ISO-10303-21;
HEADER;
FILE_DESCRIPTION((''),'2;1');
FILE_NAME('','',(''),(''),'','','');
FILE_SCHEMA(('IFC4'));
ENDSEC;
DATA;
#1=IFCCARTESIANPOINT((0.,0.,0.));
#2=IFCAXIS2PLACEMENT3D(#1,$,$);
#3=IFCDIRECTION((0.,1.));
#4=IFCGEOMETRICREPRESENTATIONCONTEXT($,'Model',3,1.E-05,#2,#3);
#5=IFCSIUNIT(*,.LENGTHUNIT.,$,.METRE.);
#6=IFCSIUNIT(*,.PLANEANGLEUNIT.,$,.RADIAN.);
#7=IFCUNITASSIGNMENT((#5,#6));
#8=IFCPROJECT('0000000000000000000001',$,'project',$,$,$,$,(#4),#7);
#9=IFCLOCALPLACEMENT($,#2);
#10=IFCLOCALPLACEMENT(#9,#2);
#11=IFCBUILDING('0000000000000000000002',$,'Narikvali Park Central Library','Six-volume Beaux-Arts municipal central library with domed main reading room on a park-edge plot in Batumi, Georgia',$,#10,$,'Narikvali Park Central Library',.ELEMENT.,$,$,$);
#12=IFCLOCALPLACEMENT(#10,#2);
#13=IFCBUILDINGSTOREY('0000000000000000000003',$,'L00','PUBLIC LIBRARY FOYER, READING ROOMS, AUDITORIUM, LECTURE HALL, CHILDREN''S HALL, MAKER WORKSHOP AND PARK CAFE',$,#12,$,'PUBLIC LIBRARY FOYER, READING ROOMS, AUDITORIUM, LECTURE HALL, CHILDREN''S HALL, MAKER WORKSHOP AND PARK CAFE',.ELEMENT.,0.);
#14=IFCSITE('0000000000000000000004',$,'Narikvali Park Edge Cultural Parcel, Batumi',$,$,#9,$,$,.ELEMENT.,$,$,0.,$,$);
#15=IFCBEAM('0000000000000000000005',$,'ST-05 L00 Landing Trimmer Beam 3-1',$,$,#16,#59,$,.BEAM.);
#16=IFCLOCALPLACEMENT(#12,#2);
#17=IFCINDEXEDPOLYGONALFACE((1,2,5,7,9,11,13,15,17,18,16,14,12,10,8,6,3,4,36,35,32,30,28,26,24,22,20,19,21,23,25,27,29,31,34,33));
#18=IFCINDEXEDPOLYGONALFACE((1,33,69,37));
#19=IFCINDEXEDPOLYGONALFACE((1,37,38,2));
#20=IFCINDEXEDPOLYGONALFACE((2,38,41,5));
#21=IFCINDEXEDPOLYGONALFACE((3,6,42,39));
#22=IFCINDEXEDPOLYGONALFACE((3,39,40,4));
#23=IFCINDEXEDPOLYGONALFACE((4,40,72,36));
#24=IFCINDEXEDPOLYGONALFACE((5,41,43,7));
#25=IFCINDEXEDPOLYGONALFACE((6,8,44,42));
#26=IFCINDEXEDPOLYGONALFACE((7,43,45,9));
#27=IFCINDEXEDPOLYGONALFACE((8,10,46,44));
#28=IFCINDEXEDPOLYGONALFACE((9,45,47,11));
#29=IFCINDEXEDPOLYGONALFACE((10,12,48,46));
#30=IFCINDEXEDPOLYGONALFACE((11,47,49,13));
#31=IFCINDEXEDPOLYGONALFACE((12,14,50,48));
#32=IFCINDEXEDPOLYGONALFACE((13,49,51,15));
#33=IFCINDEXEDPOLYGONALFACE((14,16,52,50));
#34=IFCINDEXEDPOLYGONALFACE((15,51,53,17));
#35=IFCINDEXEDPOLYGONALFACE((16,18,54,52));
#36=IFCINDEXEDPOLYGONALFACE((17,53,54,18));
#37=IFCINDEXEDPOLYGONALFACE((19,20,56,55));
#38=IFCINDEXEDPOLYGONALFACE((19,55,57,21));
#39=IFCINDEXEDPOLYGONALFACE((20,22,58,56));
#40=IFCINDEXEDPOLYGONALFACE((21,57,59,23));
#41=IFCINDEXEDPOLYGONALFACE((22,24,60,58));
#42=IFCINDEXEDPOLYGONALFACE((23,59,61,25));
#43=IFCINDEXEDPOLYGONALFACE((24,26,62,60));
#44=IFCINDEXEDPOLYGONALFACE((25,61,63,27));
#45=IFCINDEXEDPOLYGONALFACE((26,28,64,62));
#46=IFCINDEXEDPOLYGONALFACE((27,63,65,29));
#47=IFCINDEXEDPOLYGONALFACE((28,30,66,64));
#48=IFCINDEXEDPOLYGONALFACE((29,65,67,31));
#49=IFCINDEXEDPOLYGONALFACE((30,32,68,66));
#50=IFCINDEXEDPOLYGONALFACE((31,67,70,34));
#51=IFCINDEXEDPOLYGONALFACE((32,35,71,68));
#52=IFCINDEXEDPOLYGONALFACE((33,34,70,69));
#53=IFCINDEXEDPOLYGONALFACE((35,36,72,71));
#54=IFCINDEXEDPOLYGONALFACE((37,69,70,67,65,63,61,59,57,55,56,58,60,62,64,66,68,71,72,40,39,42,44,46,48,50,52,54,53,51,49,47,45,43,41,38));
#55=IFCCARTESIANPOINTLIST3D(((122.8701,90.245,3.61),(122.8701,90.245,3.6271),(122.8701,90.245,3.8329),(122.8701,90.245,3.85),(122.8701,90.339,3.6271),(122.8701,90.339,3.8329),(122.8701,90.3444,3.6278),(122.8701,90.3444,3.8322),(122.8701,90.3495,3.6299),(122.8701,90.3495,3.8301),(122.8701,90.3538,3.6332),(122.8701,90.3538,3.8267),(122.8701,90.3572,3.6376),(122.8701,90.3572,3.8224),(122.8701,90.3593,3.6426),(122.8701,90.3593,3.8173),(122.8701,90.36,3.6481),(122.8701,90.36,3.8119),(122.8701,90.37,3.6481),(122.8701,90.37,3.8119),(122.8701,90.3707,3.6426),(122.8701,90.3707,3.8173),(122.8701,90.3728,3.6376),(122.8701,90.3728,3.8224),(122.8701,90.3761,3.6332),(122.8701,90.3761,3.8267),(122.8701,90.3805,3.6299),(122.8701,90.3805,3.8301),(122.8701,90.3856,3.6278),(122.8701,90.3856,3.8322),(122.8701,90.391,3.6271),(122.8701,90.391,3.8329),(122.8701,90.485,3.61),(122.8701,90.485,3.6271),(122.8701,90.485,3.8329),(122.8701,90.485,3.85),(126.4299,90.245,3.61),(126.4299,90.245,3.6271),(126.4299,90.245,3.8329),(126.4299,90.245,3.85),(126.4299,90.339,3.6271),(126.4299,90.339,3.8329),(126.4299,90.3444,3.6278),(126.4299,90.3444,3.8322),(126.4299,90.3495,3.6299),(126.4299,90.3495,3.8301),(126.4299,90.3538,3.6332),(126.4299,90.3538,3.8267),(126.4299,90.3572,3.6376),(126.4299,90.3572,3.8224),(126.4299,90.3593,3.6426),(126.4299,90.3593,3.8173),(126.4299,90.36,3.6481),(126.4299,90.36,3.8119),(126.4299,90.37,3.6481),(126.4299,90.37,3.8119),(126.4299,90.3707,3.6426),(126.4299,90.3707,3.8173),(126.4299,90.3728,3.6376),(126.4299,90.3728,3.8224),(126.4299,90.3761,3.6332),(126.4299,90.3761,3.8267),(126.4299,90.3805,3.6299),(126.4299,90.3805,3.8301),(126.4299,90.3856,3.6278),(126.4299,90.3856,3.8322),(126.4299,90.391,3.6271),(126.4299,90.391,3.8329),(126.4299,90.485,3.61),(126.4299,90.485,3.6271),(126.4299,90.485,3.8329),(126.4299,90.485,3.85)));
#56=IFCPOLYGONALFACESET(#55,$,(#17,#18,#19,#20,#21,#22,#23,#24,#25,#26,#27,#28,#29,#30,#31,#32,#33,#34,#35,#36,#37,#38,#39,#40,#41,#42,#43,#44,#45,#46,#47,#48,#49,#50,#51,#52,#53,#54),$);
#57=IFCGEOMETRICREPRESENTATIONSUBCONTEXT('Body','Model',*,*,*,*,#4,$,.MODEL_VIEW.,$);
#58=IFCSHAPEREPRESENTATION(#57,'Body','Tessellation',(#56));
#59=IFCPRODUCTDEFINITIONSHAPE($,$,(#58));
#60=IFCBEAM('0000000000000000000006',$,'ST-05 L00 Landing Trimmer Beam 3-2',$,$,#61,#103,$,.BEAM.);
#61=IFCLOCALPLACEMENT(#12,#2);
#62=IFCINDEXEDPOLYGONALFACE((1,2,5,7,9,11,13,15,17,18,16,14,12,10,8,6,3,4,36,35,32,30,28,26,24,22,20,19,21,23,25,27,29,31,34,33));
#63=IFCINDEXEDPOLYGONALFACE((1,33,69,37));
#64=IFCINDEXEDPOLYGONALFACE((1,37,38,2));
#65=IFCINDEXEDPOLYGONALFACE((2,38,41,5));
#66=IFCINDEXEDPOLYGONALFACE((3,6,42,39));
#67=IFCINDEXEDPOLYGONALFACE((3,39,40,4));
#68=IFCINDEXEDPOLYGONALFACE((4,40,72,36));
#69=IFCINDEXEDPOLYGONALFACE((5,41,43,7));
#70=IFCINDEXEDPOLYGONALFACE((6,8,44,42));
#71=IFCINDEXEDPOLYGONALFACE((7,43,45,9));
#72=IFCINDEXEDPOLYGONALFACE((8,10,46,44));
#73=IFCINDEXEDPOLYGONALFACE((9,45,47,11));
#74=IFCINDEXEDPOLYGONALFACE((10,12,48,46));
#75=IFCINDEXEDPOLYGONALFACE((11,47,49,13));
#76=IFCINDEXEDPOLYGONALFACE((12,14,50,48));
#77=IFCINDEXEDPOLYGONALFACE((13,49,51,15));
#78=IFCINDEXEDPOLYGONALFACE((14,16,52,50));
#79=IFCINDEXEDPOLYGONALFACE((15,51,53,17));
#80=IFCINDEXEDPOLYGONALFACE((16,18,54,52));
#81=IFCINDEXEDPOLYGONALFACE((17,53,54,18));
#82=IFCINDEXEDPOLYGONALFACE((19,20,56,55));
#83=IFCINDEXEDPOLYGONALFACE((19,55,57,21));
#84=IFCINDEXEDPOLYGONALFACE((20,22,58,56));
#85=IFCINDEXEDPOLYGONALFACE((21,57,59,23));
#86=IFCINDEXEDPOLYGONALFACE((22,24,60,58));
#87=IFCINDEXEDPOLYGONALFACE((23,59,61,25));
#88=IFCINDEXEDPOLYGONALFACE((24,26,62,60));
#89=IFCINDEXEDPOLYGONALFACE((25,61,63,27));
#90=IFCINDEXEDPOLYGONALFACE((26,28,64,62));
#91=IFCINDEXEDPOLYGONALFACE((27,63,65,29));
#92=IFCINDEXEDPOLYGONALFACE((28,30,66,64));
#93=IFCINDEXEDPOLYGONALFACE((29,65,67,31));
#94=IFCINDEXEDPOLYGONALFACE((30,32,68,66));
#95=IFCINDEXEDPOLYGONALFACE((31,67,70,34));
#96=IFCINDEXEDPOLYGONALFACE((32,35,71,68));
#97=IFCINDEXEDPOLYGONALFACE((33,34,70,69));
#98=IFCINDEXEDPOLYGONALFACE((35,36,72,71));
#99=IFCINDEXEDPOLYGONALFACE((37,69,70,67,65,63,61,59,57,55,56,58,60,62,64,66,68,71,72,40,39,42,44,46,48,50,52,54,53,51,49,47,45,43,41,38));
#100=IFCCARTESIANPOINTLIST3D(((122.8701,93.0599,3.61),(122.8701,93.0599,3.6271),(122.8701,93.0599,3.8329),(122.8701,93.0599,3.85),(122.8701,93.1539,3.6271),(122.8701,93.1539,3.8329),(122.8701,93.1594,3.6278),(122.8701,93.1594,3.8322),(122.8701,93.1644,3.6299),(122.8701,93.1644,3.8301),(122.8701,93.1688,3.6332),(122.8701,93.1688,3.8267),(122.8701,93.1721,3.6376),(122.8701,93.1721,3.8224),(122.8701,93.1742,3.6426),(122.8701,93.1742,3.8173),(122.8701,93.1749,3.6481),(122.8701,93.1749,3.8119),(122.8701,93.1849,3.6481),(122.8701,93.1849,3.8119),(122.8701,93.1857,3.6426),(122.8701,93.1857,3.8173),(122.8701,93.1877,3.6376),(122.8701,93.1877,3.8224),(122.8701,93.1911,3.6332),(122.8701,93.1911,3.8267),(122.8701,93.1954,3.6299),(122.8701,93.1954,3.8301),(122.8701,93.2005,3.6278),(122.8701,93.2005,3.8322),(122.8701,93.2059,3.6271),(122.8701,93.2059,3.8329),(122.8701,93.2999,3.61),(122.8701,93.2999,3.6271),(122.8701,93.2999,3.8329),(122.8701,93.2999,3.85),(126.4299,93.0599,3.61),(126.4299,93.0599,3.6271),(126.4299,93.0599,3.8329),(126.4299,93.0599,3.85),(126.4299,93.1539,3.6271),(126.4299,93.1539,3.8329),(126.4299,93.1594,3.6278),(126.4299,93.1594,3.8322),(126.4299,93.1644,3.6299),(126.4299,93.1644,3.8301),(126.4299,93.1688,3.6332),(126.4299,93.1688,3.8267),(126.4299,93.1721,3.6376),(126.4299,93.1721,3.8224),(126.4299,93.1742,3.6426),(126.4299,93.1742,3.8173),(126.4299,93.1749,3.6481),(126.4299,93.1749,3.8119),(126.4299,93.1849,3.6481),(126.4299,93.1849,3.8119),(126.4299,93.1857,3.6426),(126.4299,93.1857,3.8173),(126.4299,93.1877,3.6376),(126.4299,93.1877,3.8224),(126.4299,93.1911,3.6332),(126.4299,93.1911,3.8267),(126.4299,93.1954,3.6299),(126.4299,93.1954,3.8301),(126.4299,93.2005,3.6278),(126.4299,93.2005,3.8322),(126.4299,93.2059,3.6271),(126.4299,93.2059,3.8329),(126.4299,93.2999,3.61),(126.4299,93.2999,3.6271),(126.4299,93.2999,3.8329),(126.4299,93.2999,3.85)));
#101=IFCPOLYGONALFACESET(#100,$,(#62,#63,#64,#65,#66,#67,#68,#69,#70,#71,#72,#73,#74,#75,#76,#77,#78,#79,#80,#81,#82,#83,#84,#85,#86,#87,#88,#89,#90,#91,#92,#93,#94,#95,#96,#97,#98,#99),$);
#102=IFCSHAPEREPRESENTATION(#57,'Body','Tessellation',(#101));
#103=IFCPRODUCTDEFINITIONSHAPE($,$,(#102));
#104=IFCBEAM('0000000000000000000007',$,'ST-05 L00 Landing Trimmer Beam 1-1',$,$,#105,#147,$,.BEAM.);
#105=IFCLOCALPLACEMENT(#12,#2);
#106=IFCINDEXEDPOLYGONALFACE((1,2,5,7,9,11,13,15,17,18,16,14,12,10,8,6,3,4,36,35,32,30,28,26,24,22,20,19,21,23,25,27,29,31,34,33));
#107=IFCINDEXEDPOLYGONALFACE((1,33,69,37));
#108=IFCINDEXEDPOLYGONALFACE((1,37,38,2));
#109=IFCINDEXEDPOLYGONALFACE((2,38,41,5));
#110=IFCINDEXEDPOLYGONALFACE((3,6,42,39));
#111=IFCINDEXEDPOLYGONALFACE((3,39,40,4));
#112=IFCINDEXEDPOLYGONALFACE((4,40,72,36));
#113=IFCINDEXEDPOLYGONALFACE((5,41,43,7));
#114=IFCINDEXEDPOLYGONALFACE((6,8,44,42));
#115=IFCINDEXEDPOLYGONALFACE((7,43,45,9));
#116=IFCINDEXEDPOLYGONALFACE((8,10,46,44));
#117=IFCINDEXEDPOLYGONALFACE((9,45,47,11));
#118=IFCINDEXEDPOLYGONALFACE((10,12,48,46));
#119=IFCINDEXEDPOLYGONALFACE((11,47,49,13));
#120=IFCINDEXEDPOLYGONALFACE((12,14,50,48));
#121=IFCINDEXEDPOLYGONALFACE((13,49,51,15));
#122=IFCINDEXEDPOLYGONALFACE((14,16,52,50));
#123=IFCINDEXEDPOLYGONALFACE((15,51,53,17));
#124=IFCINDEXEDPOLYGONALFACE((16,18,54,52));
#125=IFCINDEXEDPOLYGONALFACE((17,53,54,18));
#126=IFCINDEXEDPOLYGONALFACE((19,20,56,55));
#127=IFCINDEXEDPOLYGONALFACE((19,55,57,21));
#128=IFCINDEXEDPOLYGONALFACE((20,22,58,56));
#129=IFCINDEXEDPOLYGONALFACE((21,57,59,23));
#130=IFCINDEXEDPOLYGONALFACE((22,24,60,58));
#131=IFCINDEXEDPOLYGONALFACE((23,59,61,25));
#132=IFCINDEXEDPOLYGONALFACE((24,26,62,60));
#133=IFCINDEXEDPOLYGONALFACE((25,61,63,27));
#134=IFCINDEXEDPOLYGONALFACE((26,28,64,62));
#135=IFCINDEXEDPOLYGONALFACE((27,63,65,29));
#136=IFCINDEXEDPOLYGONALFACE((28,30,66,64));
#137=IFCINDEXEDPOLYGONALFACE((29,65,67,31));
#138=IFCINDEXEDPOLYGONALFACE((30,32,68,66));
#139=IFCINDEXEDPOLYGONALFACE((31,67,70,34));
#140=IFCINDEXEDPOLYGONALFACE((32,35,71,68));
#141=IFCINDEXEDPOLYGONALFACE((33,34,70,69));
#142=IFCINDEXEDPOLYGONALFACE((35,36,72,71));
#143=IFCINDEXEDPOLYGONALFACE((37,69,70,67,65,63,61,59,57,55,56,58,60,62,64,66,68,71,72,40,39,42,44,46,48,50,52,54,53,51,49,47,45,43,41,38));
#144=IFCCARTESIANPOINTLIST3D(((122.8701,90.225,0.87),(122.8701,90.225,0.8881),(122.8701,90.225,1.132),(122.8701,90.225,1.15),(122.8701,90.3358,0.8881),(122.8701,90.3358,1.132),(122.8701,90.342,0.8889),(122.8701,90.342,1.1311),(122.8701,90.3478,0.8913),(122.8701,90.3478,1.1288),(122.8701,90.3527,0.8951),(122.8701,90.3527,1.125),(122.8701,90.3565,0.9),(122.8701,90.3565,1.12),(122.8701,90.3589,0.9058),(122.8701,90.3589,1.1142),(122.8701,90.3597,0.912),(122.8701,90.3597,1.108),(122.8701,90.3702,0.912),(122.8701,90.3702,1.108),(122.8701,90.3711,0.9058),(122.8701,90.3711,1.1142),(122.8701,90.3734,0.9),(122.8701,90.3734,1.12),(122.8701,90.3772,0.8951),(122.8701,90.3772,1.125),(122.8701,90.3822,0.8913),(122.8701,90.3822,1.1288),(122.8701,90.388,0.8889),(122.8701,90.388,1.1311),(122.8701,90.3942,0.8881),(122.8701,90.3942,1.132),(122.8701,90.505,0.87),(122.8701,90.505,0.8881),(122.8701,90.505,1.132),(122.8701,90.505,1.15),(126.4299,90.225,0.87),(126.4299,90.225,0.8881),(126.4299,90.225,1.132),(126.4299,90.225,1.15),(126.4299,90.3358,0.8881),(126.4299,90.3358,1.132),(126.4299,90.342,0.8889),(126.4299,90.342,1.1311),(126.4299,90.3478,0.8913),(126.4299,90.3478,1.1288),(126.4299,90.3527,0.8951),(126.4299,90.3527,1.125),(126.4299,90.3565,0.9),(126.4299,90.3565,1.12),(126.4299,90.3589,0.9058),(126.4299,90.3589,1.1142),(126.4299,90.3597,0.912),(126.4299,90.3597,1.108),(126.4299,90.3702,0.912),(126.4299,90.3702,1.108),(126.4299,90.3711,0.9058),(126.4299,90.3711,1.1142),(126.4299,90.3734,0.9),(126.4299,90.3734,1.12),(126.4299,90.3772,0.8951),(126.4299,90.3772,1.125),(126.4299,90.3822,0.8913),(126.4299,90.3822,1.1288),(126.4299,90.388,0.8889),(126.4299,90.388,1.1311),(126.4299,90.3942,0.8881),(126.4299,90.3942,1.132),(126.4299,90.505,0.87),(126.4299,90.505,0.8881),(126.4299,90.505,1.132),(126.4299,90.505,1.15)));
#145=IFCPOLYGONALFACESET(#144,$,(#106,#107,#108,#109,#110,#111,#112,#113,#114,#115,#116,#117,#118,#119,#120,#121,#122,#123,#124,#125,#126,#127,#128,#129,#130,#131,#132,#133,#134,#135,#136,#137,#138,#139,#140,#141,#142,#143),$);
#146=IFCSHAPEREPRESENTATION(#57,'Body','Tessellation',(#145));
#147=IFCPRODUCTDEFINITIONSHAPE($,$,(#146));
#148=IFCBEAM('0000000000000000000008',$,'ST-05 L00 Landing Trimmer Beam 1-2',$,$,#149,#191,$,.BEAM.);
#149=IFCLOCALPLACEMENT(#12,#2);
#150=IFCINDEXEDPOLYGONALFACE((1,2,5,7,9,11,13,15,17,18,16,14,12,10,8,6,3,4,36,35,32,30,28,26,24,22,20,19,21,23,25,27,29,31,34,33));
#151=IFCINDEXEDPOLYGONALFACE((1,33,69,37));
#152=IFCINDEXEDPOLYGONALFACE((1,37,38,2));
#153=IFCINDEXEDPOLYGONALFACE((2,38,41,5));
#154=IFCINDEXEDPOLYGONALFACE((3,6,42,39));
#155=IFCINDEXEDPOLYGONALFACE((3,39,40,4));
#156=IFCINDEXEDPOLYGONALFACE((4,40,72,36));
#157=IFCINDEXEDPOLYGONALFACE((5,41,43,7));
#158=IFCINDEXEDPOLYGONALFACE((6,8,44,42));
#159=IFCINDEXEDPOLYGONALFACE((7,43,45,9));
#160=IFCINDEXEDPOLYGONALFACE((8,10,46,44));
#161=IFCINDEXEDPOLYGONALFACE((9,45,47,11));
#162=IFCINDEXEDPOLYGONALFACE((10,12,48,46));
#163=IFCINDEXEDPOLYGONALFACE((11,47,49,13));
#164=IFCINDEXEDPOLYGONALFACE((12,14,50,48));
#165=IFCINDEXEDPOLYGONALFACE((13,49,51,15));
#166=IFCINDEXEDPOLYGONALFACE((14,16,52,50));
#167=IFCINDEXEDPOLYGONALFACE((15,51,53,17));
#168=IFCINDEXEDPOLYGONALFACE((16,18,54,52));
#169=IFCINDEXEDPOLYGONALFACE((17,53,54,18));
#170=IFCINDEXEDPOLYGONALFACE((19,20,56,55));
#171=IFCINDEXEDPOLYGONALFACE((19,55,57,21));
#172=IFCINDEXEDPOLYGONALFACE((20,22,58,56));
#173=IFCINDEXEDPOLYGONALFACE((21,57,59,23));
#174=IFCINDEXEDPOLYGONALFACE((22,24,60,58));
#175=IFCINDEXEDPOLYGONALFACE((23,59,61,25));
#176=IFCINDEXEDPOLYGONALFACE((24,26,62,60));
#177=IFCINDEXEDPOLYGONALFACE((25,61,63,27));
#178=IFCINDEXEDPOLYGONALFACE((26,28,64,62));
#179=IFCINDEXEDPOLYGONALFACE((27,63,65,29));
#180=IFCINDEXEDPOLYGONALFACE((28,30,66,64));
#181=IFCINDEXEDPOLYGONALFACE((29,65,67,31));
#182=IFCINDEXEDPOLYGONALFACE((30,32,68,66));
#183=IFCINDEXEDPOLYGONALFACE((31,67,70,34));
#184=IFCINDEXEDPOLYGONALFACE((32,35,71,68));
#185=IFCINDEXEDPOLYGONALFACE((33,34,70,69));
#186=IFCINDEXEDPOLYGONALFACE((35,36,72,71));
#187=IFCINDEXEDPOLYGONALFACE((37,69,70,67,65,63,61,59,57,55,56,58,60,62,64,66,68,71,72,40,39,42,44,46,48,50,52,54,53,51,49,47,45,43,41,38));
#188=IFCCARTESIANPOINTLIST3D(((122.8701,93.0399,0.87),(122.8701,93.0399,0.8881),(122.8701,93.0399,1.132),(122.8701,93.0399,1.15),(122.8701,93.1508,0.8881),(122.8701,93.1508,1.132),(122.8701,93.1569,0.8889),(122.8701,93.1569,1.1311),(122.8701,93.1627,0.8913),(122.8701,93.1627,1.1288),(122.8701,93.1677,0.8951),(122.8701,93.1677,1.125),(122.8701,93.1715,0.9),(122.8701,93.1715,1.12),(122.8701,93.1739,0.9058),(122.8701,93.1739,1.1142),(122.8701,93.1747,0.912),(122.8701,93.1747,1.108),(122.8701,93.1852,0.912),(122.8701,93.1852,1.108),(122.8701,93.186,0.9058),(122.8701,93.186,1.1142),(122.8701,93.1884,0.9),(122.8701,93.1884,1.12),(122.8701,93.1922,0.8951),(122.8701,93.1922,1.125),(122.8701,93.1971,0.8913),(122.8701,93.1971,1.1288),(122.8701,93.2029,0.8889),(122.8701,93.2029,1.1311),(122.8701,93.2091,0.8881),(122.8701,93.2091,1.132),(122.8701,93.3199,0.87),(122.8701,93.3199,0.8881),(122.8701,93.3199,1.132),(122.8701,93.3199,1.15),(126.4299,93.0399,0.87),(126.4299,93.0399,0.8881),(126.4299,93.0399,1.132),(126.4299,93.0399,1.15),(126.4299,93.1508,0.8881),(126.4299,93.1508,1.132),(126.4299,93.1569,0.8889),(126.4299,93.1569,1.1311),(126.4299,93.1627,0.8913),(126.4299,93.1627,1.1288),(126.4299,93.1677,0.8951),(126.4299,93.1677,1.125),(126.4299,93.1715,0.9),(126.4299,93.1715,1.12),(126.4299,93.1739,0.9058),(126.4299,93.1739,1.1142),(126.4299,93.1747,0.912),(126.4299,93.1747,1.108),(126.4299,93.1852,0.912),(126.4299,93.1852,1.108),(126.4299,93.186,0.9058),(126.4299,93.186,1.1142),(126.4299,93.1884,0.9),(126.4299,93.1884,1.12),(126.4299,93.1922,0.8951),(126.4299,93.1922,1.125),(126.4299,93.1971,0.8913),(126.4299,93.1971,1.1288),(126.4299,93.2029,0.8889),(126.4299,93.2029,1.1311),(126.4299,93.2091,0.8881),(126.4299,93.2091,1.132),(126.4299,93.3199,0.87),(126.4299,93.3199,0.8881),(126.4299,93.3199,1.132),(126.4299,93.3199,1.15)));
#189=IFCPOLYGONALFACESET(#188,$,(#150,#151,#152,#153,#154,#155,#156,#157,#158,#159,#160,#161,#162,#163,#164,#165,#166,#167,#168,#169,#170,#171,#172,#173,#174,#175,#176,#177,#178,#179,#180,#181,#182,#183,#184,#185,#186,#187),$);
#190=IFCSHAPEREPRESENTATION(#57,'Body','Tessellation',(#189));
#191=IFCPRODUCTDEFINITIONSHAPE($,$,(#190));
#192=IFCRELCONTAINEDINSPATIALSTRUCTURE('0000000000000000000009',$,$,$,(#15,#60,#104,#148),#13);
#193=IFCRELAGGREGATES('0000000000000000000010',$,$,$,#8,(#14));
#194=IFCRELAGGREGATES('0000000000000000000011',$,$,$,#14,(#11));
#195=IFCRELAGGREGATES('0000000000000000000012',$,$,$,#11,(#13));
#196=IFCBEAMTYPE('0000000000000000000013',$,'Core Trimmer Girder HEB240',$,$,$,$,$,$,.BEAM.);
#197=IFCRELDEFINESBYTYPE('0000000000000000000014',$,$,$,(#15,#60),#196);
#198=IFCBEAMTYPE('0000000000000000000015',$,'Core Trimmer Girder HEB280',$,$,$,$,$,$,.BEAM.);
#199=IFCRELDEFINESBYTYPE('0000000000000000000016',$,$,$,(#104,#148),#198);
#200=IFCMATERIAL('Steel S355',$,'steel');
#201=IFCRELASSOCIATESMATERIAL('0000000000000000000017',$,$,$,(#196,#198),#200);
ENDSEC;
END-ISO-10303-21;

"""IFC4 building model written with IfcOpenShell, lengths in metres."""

from ifc_helpers import new_model, si_unit, direction, frame, origin, origin_2d, place, context, subcontext, project, spatial, i_section, extrude, material, material_profile, profile_set, type_object, element, save


model = new_model("IFC4")

# Units and contexts
model_context = context("Model", 3, precision=1e-05, world=origin(), true_north=direction((0.0, 1.0)))
body_context = subcontext(model_context, "Body", "Model", "MODEL_VIEW")
ifc_project = project(units=[si_unit("LENGTHUNIT", "METRE"), si_unit("PLANEANGLEUNIT", "RADIAN")], contexts=[model_context])

# Site, building, storey
site_placement = place(None, origin())
site = spatial("IfcSite", under=ifc_project, at=site_placement, Name="Narikvali Park Edge Cultural Parcel, Batumi", CompositionType="ELEMENT", RefElevation=0.0)
building_placement = place(site_placement, origin())
building = spatial("IfcBuilding", under=site, at=building_placement, Name="Narikvali Park Central Library", Description="Six-volume Beaux-Arts municipal central library with domed main reading room on a park-edge plot in Batumi, Georgia", LongName="Narikvali Park Central Library", CompositionType="ELEMENT")
storey_placement = place(building_placement, origin())
storey = spatial("IfcBuildingStorey", under=building, at=storey_placement, Name="L00", Description="PUBLIC LIBRARY FOYER, READING ROOMS, AUDITORIUM, LECTURE HALL, CHILDREN'S HALL, MAKER WORKSHOP AND PARK CAFE", LongName="PUBLIC LIBRARY FOYER, READING ROOMS, AUDITORIUM, LECTURE HALL, CHILDREN'S HALL, MAKER WORKSHOP AND PARK CAFE", CompositionType="ELEMENT", Elevation=0.0)

# Beams
ifc_material_1 = material(Name="Steel S355", Category="steel")
ifc_material_profile_1 = material_profile(ifc_material_1, i_section(OverallWidth=0.24, OverallDepth=0.24, WebThickness=0.01, FlangeThickness=0.0171, FilletRadius=0.021, at=origin_2d()), Name="HEB 240")
ifc_profile_set_1 = profile_set([ifc_material_profile_1], Name="Steel S355")
beam_type_1 = type_object("IfcBeamType", Name="Core Trimmer Girder HEB240", PredefinedType="BEAM", material=ifc_profile_set_1)
for number, where, z_axis, x_axis, name in (
    (1, (122.8701, 90.365, 3.73), (1.0, 0.0, 0.0), (0.0, 1.0, 0.0), "ST-05 L00 Landing Trimmer Beam 3-1"),
    (2, (122.8701, 93.1799, 3.73), (1.0, 0.0, 0.0), (0.0, 1.0, 0.0), "ST-05 L00 Landing Trimmer Beam 3-2"),
):
    element("IfcBeam", number, at=place(storey_placement, frame(where, z_axis=z_axis, x_axis=x_axis)), inside=storey, type_object=beam_type_1, Name=name, PredefinedType="BEAM", context=body_context, shape_type="SweptSolid", body=[
        extrude(i_section(OverallWidth=0.24, OverallDepth=0.24, WebThickness=0.01, FlangeThickness=0.0171, FilletRadius=0.021, at=origin_2d()), origin(), (0.0, 0.0, 1.0), 3.5598),
    ])
ifc_material_profile_2 = material_profile(ifc_material_1, i_section(OverallWidth=0.28, OverallDepth=0.28, WebThickness=0.0105, FlangeThickness=0.0181, FilletRadius=0.0239, at=origin_2d()), Name="HEB 280")
ifc_profile_set_2 = profile_set([ifc_material_profile_2], Name="Steel S355")
beam_type_2 = type_object("IfcBeamType", Name="Core Trimmer Girder HEB280", PredefinedType="BEAM", material=ifc_profile_set_2)
for number, where, z_axis, x_axis, name in (
    (3, (122.8701, 90.365, 1.01), (1.0, 0.0, 0.0), (0.0, 1.0, 0.0), "ST-05 L00 Landing Trimmer Beam 1-1"),
    (4, (122.8701, 93.1799, 1.01), (1.0, 0.0, 0.0), (0.0, 1.0, 0.0), "ST-05 L00 Landing Trimmer Beam 1-2"),
):
    element("IfcBeam", number, at=place(storey_placement, frame(where, z_axis=z_axis, x_axis=x_axis)), inside=storey, type_object=beam_type_2, Name=name, PredefinedType="BEAM", context=body_context, shape_type="SweptSolid", body=[
        extrude(i_section(OverallWidth=0.28, OverallDepth=0.28, WebThickness=0.0105, FlangeThickness=0.0181, FilletRadius=0.0239, at=origin_2d()), origin(), (0.0, 0.0, 1.0), 3.5598),
    ])

save(model, "model.ifc")
